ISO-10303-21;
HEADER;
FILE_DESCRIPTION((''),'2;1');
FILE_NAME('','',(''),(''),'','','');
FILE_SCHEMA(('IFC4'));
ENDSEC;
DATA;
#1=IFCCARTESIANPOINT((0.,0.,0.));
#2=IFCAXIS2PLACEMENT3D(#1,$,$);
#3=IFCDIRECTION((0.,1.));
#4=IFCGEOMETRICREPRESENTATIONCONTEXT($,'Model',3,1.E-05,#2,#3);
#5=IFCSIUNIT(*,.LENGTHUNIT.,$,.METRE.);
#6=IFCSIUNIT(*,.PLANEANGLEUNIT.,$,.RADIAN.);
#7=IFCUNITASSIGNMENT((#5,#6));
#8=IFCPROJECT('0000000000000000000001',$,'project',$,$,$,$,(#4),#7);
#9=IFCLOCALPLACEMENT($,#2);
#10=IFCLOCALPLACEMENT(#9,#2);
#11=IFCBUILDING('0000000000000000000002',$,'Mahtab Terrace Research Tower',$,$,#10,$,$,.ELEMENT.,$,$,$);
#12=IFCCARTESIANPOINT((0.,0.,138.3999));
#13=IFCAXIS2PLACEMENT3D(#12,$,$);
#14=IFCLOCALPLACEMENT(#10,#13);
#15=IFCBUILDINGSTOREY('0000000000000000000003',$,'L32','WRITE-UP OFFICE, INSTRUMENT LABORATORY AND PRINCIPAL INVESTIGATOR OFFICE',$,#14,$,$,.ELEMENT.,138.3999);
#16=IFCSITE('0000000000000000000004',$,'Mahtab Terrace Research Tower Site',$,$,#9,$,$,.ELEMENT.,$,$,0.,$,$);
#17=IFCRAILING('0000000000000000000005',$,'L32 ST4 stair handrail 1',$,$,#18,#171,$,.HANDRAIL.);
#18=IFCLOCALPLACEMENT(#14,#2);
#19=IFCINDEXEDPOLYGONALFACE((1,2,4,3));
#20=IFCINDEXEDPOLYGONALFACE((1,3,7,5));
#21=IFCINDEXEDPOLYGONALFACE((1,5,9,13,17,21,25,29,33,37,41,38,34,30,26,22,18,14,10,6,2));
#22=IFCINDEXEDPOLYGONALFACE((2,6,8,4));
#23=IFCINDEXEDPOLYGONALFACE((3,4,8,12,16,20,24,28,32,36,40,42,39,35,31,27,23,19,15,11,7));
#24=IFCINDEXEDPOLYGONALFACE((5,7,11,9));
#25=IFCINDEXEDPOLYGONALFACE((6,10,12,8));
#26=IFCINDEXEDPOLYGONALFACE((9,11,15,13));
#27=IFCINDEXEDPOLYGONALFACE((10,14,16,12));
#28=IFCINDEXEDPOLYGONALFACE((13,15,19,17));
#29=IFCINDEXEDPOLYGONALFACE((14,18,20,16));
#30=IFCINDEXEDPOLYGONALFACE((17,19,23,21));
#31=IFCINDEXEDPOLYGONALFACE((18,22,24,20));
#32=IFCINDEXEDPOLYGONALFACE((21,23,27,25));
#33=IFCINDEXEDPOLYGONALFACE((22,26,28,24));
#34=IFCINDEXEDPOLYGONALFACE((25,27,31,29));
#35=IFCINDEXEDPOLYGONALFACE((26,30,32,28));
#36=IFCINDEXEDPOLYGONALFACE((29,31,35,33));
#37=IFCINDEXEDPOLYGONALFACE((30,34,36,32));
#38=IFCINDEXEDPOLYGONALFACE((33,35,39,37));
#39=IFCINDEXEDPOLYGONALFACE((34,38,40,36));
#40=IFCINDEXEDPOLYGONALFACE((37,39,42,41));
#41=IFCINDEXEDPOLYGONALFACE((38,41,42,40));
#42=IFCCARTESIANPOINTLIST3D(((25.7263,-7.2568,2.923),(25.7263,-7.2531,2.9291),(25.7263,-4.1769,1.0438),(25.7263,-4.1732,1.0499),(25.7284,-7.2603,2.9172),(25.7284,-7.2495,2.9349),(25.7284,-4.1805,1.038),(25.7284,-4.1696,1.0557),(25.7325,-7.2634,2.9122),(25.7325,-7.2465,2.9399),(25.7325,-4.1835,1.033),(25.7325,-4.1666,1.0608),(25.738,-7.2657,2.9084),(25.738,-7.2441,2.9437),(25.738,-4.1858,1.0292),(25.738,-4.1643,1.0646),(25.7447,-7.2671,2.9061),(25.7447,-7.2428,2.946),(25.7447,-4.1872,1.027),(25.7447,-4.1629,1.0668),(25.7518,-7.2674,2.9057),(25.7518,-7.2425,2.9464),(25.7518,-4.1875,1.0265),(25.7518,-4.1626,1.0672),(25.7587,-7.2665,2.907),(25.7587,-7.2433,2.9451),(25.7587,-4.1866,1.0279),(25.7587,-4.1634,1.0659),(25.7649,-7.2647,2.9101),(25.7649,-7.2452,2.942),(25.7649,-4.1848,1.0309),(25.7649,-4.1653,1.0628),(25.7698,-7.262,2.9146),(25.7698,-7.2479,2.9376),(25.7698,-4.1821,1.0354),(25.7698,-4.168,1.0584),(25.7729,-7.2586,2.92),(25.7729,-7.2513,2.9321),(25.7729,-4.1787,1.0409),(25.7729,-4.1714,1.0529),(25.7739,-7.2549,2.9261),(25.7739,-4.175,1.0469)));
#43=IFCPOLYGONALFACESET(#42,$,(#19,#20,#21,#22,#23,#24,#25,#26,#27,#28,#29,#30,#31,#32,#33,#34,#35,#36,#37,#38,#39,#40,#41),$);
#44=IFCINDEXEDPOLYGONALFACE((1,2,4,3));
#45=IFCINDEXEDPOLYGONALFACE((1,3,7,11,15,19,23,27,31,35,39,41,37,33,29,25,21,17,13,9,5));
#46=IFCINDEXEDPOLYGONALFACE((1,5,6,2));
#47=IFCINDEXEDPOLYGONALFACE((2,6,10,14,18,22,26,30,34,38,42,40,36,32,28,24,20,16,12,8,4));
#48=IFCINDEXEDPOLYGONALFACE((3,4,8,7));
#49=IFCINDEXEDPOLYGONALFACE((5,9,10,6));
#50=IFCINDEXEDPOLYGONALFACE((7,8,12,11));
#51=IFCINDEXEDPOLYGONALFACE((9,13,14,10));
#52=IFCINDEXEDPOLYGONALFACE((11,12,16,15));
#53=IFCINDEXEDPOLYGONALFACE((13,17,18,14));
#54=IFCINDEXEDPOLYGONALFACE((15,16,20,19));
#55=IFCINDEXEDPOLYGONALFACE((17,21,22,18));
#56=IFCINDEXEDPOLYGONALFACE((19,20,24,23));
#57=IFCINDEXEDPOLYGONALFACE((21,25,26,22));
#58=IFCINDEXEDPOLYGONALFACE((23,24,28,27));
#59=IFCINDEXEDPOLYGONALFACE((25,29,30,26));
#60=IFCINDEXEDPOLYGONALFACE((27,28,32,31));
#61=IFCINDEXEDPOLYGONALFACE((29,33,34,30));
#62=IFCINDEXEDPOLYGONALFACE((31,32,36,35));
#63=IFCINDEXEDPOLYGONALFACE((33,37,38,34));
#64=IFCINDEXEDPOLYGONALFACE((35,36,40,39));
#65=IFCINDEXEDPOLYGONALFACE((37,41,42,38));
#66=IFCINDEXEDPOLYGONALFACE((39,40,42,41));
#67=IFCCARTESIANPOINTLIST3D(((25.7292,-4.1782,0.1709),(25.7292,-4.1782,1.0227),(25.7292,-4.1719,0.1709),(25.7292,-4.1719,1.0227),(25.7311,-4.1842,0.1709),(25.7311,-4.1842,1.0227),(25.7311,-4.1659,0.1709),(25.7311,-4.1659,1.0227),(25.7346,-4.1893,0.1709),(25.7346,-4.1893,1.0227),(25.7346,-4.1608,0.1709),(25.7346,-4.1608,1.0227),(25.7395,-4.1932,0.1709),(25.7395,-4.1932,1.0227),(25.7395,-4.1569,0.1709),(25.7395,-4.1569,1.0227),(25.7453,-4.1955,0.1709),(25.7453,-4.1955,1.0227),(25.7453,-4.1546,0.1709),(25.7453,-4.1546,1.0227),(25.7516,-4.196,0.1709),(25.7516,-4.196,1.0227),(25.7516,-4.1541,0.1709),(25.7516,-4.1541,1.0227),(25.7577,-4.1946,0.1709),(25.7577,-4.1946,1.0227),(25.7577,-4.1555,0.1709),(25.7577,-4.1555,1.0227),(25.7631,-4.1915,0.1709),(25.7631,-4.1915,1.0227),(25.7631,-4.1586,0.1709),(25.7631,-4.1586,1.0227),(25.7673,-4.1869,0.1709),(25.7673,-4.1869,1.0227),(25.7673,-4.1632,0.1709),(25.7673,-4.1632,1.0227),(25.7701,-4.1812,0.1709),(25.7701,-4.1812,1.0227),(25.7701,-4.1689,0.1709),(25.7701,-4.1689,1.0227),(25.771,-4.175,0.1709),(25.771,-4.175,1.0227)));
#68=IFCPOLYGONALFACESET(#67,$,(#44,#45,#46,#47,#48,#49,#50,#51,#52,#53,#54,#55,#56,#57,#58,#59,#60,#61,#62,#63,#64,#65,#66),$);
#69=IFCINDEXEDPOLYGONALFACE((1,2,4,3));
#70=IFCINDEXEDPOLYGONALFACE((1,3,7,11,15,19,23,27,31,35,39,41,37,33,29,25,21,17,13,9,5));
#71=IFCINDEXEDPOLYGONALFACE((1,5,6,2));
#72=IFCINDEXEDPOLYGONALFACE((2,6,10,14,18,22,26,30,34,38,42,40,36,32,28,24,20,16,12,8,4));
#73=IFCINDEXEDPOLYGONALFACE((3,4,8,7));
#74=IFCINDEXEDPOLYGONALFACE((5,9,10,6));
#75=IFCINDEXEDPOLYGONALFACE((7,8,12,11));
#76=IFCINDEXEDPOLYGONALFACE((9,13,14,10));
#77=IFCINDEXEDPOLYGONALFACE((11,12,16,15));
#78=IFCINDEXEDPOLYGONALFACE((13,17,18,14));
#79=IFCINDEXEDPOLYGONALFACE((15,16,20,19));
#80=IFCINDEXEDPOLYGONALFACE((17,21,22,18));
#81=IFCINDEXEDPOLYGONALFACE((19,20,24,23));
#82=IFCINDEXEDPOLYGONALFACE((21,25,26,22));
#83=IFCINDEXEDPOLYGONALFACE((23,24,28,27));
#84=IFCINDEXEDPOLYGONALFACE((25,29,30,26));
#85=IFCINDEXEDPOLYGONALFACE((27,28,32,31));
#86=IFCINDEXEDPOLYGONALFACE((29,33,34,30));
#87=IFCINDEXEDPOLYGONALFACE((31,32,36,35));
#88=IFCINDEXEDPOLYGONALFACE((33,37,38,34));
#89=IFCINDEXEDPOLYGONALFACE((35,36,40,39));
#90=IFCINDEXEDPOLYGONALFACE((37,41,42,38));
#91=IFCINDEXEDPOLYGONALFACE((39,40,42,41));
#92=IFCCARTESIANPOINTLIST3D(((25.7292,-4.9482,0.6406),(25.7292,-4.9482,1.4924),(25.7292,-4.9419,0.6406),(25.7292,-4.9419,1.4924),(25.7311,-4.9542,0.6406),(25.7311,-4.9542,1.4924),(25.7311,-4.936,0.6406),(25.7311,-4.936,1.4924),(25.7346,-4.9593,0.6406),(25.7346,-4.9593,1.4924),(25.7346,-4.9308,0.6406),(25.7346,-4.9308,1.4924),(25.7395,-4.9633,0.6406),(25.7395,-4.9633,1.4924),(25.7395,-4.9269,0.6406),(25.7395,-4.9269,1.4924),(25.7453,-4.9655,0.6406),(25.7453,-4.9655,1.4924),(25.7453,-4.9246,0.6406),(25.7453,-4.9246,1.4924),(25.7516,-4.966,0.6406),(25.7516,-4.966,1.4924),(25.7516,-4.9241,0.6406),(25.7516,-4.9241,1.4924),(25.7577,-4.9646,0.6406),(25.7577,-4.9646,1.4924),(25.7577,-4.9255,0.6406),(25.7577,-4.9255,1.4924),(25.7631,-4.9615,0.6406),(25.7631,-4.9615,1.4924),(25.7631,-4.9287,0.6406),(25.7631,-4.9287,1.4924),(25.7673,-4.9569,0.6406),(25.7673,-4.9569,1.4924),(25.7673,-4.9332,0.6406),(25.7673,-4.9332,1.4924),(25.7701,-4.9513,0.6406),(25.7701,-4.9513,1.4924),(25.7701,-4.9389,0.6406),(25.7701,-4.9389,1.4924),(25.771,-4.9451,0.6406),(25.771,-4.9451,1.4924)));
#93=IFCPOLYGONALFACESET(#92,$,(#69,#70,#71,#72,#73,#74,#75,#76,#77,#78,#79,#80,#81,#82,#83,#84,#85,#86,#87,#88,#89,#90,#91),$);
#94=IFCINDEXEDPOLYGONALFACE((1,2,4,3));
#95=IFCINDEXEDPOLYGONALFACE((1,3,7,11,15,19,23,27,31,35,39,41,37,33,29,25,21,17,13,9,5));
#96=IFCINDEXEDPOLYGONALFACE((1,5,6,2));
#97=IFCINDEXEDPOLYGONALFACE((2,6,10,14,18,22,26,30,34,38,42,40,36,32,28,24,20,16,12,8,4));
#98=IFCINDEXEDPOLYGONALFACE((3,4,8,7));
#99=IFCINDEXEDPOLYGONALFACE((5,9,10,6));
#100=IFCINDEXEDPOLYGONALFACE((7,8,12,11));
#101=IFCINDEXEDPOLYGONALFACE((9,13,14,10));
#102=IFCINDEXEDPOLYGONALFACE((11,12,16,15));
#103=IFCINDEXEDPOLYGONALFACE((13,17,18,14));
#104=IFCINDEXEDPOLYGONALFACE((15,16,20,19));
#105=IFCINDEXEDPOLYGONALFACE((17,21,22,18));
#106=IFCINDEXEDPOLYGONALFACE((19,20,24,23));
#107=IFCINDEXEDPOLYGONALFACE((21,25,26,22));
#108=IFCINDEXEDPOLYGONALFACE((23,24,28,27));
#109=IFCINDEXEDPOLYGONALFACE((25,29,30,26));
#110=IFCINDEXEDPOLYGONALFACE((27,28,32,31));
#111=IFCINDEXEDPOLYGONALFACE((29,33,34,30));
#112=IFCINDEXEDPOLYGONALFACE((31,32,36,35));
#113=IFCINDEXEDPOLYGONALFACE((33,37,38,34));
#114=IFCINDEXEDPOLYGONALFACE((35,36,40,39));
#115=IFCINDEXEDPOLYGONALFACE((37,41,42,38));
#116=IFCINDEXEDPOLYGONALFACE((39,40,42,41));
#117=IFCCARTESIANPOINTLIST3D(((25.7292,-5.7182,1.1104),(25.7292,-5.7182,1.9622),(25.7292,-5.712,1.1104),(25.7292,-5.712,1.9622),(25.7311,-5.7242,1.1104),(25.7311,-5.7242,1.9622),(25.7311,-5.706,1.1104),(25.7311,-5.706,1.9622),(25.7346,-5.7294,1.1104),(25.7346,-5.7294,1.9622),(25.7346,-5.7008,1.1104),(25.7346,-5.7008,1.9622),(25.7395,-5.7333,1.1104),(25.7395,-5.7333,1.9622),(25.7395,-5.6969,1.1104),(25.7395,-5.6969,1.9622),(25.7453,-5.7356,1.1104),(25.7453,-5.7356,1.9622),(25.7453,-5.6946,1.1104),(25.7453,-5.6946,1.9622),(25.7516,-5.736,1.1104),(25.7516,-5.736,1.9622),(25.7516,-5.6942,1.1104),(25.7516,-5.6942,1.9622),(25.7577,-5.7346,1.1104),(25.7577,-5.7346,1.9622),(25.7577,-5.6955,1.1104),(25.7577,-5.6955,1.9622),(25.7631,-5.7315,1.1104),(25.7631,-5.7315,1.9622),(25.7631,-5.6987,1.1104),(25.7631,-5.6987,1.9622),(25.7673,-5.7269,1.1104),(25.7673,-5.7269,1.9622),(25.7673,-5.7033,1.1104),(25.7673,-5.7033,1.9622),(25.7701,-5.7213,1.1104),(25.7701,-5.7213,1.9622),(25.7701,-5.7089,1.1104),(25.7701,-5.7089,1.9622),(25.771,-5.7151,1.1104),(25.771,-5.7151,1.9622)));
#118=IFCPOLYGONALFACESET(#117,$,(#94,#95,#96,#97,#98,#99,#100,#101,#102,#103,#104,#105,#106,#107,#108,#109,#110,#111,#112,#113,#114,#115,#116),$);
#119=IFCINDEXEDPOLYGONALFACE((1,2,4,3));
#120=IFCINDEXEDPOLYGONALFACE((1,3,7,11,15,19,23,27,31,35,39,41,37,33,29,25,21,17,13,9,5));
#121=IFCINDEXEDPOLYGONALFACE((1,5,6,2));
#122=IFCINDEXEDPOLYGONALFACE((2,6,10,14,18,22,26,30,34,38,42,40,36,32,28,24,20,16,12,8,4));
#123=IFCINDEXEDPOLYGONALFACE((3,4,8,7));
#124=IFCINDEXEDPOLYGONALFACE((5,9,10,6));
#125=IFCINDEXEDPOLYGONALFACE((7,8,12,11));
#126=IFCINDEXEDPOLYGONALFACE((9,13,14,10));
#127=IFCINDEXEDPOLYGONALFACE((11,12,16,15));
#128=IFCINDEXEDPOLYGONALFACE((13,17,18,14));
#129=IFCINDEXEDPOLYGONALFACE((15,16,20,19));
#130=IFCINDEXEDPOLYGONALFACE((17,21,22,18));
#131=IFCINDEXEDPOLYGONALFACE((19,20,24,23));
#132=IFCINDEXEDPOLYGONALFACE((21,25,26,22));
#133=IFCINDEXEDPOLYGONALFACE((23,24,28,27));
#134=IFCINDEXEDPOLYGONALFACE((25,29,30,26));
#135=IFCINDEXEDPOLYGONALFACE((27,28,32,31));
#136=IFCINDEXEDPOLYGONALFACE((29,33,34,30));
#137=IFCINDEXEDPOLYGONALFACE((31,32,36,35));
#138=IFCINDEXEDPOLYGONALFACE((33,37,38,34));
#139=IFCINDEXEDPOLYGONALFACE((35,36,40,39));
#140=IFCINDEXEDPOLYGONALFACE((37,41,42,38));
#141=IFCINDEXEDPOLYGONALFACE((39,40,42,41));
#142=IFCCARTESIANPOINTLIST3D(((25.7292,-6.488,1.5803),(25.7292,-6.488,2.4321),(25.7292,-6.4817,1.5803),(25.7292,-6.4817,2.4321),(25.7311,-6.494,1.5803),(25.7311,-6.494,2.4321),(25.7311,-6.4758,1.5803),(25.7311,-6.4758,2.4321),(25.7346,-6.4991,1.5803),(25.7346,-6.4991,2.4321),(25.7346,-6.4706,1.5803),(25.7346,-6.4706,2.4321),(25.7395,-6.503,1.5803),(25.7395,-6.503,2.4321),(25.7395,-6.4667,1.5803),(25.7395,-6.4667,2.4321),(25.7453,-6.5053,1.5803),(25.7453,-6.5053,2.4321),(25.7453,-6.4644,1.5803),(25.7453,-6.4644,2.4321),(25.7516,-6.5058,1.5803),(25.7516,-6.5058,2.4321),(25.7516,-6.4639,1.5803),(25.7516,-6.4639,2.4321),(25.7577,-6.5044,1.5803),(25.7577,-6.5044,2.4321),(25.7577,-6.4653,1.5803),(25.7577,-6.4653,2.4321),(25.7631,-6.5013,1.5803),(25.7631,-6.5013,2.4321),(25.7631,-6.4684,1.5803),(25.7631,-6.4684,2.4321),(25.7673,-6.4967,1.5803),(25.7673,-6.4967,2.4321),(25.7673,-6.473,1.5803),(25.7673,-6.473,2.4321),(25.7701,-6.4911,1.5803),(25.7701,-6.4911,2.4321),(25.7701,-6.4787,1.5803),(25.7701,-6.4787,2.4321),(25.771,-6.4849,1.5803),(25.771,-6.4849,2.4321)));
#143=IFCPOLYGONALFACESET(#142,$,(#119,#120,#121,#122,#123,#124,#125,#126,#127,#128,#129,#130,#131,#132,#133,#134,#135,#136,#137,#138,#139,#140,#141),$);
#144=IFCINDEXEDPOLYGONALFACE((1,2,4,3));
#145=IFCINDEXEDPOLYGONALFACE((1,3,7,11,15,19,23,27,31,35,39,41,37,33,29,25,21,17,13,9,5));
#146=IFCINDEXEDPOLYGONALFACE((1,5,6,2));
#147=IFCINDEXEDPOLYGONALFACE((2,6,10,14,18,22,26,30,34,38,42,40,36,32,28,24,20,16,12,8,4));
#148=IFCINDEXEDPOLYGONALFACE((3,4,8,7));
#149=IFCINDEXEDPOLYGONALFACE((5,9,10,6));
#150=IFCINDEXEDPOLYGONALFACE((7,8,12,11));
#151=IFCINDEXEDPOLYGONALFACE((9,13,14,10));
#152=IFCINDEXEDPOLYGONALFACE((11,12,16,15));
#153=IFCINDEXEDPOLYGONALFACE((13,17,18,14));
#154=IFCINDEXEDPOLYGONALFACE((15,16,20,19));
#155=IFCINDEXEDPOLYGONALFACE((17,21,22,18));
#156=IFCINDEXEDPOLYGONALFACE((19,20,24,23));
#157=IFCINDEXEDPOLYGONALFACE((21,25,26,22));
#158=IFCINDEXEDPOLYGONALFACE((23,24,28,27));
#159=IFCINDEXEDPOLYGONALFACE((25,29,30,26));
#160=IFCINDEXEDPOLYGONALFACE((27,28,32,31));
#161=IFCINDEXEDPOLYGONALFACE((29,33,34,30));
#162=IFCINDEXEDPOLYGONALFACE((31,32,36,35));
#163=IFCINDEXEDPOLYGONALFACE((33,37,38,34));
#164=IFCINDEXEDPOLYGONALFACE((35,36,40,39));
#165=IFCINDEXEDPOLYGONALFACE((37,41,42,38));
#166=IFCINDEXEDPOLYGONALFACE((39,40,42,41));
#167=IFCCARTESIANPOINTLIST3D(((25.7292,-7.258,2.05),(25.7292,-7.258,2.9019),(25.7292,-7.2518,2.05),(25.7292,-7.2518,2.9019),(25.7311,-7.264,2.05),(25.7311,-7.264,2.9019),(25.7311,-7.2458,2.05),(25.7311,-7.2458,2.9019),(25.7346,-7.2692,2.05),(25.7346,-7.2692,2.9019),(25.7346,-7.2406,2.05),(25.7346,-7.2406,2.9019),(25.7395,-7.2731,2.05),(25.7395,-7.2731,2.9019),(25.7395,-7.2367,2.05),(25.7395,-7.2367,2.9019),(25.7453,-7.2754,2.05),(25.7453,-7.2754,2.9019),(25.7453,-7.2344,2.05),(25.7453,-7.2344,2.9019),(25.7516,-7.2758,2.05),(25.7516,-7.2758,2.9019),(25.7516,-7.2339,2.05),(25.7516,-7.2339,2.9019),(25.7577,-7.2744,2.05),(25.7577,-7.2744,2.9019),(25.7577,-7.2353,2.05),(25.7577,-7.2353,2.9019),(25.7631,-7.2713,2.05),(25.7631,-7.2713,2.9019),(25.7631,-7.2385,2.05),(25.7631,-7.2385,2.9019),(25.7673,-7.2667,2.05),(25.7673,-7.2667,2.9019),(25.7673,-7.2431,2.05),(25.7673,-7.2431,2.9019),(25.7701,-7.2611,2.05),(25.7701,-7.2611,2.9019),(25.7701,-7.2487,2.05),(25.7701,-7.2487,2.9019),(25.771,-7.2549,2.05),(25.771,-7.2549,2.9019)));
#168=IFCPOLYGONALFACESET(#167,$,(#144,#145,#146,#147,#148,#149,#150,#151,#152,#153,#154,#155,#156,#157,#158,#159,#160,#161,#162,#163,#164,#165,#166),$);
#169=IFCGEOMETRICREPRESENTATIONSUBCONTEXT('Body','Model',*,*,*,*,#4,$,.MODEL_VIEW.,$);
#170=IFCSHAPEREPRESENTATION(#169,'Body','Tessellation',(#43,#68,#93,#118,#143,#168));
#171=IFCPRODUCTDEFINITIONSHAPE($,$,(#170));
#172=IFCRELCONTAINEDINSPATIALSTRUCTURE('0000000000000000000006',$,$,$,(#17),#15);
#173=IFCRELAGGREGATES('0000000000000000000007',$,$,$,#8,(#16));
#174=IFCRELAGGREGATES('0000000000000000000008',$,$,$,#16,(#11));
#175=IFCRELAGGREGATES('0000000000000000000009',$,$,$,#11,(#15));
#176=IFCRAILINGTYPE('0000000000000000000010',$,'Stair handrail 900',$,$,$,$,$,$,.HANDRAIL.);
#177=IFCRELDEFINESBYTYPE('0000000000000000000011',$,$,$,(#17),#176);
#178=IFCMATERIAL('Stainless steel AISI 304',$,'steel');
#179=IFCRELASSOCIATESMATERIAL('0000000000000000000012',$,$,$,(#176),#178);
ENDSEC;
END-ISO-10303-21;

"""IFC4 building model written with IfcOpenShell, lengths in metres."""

from ifc_helpers import new_model, si_unit, direction, frame, origin, origin_2d, place, context, subcontext, project, spatial, circle, extrude, material, type_object, element, save


model = new_model("IFC4")

# Units and contexts
model_context = context("Model", 3, precision=1e-05, world=origin(), true_north=direction((0.0, 1.0)))
body_context = subcontext(model_context, "Body", "Model", "MODEL_VIEW")
ifc_project = project(units=[si_unit("LENGTHUNIT", "METRE"), si_unit("PLANEANGLEUNIT", "RADIAN")], contexts=[model_context])

# Site, building, storey
site_placement = place(None, origin())
site = spatial("IfcSite", under=ifc_project, at=site_placement, Name="Mahtab Terrace Research Tower Site", CompositionType="ELEMENT", RefElevation=0.0)
building_placement = place(site_placement, origin())
building = spatial("IfcBuilding", under=site, at=building_placement, Name="Mahtab Terrace Research Tower", CompositionType="ELEMENT")
storey_placement = place(building_placement, frame((0.0, 0.0, 138.3999)))
storey = spatial("IfcBuildingStorey", under=building, at=storey_placement, Name="L32", Description="WRITE-UP OFFICE, INSTRUMENT LABORATORY AND PRINCIPAL INVESTIGATOR OFFICE", CompositionType="ELEMENT", Elevation=138.3999)

# Railing
ifc_material_1 = material(Name="Stainless steel AISI 304", Category="steel")
railing_type_1 = type_object("IfcRailingType", Name="Stair handrail 900", PredefinedType="HANDRAIL", material=ifc_material_1)
railing_1_placement = place(storey_placement, frame((25.75, -4.175, 0.1709)))
element("IfcRailing", 1, at=railing_1_placement, inside=storey, type_object=railing_type_1, Name="L32 ST4 stair handrail 1", PredefinedType="HANDRAIL", context=body_context, shape_type="SweptSolid", body=[
    extrude(circle(Radius=0.0239, at=origin_2d()), frame((0.0, 0.0, 0.876), z_axis=(0.0, -0.853648, 0.52085), x_axis=(1.0, 0.0, 0.0)), (0.0, 0.0, 1.0), 3.6079),
    extrude(circle(Radius=0.021, at=origin_2d()), origin(), (0.0, 0.0, 1.0), 0.8518),
    extrude(circle(Radius=0.021, at=origin_2d()), frame((0.0, -0.77, 0.4697)), (0.0, 0.0, 1.0), 0.8518),
    extrude(circle(Radius=0.021, at=origin_2d()), frame((0.0, -1.54, 0.9395)), (0.0, 0.0, 1.0), 0.8518),
    extrude(circle(Radius=0.021, at=origin_2d()), frame((0.0, -2.3098, 1.4094)), (0.0, 0.0, 1.0), 0.8518),
    extrude(circle(Radius=0.021, at=origin_2d()), frame((0.0, -3.0798, 1.8792)), (0.0, 0.0, 1.0), 0.8518),
])

save(model, "model.ifc")
